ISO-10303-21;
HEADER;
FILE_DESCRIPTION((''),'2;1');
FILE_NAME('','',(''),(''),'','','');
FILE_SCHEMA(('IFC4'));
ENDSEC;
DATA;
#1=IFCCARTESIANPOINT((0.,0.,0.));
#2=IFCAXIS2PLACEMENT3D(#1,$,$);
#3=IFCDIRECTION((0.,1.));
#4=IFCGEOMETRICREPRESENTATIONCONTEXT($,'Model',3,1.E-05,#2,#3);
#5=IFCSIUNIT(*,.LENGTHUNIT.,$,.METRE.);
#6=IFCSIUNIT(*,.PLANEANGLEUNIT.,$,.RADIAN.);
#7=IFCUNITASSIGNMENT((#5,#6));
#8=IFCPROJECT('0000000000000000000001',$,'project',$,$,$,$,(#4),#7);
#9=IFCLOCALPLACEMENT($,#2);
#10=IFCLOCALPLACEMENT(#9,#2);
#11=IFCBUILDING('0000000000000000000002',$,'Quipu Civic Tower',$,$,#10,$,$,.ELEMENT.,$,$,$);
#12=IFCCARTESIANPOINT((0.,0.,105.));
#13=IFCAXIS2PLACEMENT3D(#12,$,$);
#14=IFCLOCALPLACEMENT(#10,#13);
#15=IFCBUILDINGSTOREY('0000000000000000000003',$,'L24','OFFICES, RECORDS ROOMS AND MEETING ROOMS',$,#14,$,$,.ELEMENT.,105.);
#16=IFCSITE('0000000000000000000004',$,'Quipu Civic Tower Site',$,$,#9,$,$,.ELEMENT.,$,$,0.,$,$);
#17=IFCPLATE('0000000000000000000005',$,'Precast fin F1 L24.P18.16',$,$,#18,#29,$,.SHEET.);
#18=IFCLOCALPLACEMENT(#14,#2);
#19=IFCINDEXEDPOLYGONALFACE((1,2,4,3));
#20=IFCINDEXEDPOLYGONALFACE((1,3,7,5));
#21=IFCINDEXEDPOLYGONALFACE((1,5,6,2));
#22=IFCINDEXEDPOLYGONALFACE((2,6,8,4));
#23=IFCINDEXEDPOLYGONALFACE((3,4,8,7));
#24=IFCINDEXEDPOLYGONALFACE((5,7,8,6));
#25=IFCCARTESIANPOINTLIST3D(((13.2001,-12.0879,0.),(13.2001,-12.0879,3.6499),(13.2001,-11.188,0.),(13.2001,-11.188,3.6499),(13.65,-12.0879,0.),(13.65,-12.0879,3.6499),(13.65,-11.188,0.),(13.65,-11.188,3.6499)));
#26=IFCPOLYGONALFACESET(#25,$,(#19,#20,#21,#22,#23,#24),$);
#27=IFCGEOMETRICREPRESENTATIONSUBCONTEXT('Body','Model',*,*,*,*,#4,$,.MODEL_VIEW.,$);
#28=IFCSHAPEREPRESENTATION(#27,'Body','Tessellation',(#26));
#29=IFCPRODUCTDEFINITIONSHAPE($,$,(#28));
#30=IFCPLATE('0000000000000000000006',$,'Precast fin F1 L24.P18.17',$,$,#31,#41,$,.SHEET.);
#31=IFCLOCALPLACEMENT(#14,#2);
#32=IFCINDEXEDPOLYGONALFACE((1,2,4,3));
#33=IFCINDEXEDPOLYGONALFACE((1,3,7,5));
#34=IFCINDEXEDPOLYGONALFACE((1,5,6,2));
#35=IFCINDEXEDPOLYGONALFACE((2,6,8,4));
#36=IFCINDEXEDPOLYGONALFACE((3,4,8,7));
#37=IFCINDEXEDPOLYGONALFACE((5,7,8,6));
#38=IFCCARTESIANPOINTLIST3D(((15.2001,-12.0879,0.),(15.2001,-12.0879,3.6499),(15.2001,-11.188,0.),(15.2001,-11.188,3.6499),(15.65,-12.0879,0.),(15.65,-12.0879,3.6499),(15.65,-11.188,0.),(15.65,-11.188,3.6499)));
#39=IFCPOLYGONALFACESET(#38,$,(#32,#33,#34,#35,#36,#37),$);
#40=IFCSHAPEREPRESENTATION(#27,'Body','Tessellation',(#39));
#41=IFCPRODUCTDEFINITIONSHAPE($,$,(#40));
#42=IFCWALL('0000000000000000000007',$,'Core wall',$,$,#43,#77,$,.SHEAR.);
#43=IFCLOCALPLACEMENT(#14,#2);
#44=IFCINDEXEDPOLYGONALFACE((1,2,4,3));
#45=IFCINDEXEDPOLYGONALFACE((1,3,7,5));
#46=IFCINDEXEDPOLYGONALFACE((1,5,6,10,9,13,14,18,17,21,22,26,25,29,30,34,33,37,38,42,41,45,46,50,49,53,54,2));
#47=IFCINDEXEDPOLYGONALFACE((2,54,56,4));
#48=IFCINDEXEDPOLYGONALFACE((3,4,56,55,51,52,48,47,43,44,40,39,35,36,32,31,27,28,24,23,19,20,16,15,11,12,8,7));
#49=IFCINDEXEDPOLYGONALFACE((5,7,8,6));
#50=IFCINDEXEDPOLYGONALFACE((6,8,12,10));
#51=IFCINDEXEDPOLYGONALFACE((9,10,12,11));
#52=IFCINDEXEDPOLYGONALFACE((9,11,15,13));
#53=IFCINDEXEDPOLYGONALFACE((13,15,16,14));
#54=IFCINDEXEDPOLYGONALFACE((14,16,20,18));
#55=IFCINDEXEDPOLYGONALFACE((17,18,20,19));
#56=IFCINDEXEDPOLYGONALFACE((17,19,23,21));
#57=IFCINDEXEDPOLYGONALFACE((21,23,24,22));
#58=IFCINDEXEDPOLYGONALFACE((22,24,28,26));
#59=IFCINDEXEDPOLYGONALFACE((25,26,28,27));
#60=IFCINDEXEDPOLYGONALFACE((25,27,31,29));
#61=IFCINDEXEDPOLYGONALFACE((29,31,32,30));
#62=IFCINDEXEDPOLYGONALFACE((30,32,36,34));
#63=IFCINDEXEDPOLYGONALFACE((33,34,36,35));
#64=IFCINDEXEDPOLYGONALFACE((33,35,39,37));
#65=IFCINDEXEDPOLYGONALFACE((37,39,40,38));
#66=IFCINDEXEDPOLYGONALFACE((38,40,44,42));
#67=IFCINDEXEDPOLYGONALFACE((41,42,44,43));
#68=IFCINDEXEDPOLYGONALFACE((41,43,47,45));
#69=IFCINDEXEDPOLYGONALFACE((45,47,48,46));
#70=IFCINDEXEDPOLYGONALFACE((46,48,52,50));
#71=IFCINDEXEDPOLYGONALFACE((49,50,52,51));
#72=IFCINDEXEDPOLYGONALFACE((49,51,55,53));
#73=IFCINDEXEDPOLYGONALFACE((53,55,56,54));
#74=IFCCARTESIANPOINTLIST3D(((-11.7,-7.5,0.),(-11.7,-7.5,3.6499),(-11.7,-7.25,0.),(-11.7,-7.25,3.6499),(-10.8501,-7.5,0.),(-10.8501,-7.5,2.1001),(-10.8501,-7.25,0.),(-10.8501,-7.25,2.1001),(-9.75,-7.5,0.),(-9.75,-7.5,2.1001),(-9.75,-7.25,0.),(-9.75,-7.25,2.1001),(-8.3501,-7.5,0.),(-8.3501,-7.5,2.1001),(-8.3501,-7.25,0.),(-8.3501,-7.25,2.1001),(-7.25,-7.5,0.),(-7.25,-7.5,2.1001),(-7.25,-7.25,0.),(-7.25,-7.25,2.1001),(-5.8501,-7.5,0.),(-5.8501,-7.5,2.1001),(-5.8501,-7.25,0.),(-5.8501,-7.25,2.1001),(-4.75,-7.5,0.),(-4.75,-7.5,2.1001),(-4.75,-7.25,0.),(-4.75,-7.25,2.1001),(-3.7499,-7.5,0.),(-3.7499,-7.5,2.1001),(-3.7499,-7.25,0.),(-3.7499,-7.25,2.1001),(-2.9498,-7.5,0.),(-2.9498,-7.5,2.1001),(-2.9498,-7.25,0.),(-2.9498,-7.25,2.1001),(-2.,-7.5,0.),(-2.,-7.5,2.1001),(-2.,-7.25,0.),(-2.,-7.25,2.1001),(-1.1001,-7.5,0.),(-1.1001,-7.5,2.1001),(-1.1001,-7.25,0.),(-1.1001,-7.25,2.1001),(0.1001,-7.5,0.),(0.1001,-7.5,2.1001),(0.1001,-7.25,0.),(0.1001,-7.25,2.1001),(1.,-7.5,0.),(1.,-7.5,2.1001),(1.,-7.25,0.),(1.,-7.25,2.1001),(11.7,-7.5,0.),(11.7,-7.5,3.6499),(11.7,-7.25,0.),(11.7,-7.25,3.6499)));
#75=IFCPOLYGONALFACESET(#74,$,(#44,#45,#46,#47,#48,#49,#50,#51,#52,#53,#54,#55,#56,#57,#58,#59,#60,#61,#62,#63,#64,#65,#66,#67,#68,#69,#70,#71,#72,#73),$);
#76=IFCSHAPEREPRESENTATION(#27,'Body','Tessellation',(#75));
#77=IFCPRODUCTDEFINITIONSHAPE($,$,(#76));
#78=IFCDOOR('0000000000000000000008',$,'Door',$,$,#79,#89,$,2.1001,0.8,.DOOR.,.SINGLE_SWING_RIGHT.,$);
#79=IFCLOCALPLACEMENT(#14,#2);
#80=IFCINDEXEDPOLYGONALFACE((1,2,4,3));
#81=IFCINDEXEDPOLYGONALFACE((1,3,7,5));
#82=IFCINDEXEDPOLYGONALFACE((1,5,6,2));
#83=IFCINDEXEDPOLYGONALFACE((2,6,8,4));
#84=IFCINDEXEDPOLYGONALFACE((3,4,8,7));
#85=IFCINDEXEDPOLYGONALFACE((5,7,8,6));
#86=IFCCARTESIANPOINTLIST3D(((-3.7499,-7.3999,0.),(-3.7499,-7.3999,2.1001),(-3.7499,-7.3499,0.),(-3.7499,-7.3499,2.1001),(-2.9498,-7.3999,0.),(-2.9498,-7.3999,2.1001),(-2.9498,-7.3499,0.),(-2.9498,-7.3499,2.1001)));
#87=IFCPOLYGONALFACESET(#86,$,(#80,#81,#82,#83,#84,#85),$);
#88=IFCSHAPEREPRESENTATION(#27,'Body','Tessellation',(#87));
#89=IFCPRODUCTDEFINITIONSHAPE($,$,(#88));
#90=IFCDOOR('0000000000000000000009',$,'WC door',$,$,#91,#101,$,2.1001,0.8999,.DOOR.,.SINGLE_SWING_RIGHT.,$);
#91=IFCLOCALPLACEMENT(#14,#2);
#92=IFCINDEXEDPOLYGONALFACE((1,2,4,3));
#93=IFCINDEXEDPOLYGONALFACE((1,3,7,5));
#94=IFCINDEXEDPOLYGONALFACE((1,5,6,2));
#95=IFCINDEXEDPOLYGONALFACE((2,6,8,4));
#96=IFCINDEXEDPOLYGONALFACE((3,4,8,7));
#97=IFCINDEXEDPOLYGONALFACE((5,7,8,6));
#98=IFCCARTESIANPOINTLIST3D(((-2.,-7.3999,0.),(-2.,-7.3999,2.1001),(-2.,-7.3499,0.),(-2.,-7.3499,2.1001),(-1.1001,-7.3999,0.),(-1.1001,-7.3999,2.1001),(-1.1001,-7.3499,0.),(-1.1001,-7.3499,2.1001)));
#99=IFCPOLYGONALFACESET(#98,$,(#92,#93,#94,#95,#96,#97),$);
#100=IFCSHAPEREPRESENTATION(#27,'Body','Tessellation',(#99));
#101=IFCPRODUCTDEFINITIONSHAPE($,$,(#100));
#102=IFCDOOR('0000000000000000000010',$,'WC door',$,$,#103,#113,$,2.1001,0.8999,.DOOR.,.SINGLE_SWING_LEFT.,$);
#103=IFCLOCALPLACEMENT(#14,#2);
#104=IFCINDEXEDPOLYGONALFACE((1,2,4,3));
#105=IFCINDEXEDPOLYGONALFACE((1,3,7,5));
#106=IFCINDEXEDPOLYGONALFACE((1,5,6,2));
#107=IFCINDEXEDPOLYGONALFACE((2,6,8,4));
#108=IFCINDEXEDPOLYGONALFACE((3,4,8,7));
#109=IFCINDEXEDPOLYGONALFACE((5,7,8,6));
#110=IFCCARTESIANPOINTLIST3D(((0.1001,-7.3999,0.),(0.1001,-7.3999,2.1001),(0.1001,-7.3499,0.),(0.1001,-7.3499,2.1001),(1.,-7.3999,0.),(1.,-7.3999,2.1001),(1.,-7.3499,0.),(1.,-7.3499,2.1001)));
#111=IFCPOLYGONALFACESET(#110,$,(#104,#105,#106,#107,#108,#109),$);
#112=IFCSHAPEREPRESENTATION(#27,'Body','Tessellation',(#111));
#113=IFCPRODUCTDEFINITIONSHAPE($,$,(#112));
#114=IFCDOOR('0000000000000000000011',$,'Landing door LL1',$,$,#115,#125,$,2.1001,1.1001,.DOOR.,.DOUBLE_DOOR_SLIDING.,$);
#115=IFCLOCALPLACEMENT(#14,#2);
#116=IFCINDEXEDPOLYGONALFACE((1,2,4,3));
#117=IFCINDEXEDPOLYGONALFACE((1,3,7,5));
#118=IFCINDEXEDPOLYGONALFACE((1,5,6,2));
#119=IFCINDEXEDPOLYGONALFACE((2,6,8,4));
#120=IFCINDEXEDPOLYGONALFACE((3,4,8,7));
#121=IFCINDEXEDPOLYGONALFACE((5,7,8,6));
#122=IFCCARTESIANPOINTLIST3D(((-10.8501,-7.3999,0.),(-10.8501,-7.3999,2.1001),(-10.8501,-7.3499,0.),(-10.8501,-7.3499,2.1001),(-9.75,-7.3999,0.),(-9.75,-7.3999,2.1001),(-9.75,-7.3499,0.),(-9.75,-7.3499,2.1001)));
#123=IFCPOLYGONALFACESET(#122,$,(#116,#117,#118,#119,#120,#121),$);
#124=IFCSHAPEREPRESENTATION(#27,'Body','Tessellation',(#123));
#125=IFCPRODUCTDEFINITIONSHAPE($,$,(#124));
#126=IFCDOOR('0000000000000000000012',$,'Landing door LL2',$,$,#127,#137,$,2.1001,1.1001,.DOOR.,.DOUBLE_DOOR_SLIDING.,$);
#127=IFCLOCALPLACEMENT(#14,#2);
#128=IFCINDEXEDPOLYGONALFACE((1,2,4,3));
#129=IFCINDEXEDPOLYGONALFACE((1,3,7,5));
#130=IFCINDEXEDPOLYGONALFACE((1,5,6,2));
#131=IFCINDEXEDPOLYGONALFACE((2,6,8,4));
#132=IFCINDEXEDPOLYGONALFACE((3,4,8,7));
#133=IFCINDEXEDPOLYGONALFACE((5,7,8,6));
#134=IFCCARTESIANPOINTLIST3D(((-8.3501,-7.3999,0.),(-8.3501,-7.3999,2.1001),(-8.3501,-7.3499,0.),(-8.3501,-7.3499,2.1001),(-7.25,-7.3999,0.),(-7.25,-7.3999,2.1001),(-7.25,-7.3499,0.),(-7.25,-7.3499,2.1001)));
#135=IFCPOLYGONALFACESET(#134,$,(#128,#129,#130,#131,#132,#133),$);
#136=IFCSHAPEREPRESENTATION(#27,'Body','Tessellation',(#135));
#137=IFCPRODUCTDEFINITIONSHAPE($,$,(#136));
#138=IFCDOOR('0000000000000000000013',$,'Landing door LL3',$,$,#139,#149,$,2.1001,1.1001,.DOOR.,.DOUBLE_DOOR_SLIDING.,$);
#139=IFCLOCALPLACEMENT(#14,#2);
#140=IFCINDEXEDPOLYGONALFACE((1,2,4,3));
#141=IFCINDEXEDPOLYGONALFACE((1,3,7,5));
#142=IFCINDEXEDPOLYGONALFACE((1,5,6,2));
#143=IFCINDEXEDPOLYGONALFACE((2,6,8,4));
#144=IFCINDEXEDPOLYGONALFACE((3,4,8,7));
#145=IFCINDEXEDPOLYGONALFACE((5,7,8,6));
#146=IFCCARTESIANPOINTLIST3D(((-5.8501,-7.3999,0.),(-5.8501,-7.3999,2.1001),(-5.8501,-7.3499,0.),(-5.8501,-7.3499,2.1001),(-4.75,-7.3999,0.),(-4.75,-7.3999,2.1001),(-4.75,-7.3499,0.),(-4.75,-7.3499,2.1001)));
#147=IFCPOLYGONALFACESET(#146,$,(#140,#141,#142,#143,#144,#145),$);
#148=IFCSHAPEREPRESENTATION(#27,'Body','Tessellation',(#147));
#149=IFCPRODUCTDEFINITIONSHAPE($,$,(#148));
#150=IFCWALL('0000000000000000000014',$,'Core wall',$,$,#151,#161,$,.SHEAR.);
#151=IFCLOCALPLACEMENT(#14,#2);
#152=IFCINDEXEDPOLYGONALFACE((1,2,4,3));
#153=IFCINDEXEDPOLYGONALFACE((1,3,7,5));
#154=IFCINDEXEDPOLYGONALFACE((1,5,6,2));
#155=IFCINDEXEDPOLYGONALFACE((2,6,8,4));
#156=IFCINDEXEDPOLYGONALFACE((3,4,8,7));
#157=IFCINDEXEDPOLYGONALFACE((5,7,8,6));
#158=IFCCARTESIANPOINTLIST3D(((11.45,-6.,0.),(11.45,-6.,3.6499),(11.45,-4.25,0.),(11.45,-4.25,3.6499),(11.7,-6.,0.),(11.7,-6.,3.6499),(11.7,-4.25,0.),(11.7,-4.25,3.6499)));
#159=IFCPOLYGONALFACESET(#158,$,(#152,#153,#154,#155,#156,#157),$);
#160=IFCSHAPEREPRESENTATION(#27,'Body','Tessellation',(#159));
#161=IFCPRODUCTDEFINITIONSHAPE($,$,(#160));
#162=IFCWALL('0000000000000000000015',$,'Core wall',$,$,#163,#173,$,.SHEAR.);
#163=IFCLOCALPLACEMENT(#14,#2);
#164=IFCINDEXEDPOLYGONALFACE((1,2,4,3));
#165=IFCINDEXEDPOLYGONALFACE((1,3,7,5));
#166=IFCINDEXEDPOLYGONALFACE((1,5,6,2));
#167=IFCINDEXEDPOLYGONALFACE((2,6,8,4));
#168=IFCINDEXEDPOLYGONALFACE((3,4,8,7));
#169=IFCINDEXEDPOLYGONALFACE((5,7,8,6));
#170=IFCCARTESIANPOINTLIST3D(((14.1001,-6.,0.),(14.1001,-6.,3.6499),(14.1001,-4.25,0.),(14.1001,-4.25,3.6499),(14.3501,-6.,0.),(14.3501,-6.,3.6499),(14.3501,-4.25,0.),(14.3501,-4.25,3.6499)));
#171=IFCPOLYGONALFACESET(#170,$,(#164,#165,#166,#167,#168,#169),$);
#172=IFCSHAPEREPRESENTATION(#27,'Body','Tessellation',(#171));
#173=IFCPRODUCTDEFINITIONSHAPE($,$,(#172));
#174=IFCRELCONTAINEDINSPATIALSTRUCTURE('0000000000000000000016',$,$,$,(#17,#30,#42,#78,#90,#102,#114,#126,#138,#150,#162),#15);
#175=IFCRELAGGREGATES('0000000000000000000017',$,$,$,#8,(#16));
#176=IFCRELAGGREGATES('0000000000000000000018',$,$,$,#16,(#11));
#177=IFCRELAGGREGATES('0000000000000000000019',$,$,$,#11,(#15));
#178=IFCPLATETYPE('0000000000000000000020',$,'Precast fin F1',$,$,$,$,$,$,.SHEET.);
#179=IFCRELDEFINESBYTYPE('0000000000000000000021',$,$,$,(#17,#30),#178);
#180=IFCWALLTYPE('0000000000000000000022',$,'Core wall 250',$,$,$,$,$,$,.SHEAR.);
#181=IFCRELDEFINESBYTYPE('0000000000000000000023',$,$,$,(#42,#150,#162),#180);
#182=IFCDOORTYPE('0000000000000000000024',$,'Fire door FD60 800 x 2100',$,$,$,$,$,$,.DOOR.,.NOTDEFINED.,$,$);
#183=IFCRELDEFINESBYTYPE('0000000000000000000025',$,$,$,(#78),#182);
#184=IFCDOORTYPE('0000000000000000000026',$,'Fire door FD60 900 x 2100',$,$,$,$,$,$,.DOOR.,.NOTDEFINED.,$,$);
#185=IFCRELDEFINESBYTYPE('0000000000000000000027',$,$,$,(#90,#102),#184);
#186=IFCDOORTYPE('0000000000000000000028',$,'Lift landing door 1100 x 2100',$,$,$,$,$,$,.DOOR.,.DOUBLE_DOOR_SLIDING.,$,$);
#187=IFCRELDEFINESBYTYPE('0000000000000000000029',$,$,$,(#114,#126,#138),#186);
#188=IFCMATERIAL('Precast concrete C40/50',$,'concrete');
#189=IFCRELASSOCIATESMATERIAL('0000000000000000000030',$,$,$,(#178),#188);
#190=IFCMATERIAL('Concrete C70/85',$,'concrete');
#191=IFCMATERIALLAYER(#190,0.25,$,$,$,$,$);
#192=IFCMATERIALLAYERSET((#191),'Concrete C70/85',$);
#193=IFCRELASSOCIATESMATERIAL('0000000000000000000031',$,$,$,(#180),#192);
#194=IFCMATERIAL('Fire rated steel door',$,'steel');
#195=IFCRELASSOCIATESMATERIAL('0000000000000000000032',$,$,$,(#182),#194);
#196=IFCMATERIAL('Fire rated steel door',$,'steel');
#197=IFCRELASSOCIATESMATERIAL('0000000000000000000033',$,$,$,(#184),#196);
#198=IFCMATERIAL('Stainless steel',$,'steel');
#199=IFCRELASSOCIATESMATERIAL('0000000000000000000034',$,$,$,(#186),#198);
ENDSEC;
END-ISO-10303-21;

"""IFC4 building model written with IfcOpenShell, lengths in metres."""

from ifc_helpers import new_model, si_unit, direction, frame, frame_2d, origin, origin_2d, place, context, subcontext, project, spatial, rectangle, extrude, material, layer, layer_set, type_object, element, fill, save


model = new_model("IFC4")

# Units and contexts
model_context = context("Model", 3, precision=1e-05, world=origin(), true_north=direction((0.0, 1.0)))
body_context = subcontext(model_context, "Body", "Model", "MODEL_VIEW")
ifc_project = project(units=[si_unit("LENGTHUNIT", "METRE"), si_unit("PLANEANGLEUNIT", "RADIAN")], contexts=[model_context])

# Site, building, storey
site_placement = place(None, origin())
site = spatial("IfcSite", under=ifc_project, at=site_placement, Name="Quipu Civic Tower Site", CompositionType="ELEMENT", RefElevation=0.0)
building_placement = place(site_placement, origin())
building = spatial("IfcBuilding", under=site, at=building_placement, Name="Quipu Civic Tower", CompositionType="ELEMENT")
storey_placement = place(building_placement, frame((0.0, 0.0, 105.0)))
storey = spatial("IfcBuildingStorey", under=building, at=storey_placement, Name="L24", Description="OFFICES, RECORDS ROOMS AND MEETING ROOMS", CompositionType="ELEMENT", Elevation=105.0)

# Plates
ifc_material_1 = material(Name="Precast concrete C40/50", Category="concrete")
plate_type = type_object("IfcPlateType", Name="Precast fin F1", PredefinedType="SHEET", material=ifc_material_1)
for number, where, z_axis, x_axis, name in (
    (1, (13.425, -11.6379, 0.0), (0.0, 0.0, 1.0), (1.0, 0.0, 0.0), "Precast fin F1 L24.P18.16"),
    (2, (15.425, -11.6379, 0.0), (0.0, 0.0, 1.0), (1.0, 0.0, 0.0), "Precast fin F1 L24.P18.17"),
):
    element("IfcPlate", number, at=place(storey_placement, frame(where, z_axis=z_axis, x_axis=x_axis)), inside=storey, type_object=plate_type, Name=name, PredefinedType="SHEET", context=body_context, shape_type="SweptSolid", body=[
        extrude(rectangle(XDim=0.45, YDim=0.8999, at=origin_2d()), origin(), (0.0, 0.0, 1.0), 3.6499),
    ])

# Wall, openings, doors
ifc_material_2 = material(Name="Concrete C70/85", Category="concrete")
ifc_layer = layer(ifc_material_2, 0.25)
ifc_layer_set = layer_set([ifc_layer], Name="Concrete C70/85")
wall_type = type_object("IfcWallType", Name="Core wall 250", PredefinedType="SHEAR", material=ifc_layer_set)
wall_1_placement = place(storey_placement, frame((11.7, -7.375, 0.0), z_axis=(0.0, 0.0, 1.0), x_axis=(-1.0, 0.0, 0.0)))
wall_1 = element("IfcWall", 3, at=wall_1_placement, inside=storey, type_object=wall_type, Name="Core wall", PredefinedType="SHEAR", context=body_context, shape_type="SweptSolid", body=[
    extrude(rectangle(XDim=23.3999, YDim=0.25, at=frame_2d((11.7, 0.0))), origin(), (0.0, 0.0, 1.0), 3.6499),
])
opening_1_placement = place(wall_1_placement, frame((21.45, 0.0, 0.0)))
opening_1 = element("IfcOpeningElement", 4, at=opening_1_placement, cuts=wall_1, PredefinedType="OPENING", context=body_context, shape_type="SweptSolid", body=[
    extrude(rectangle(XDim=1.1001, YDim=2.1001, at=frame_2d((0.55, 1.05))), frame((0.0, 0.135, 0.0), z_axis=(0.0, -1.0, 0.0), x_axis=(1.0, 0.0, 0.0)), (0.0, 0.0, 1.0), 0.27),
])
opening_2_placement = place(wall_1_placement, frame((18.95, 0.0, 0.0)))
opening_2 = element("IfcOpeningElement", 5, at=opening_2_placement, cuts=wall_1, PredefinedType="OPENING", context=body_context, shape_type="SweptSolid", body=[
    extrude(rectangle(XDim=1.1001, YDim=2.1001, at=frame_2d((0.55, 1.05))), frame((0.0, 0.135, 0.0), z_axis=(0.0, -1.0, 0.0), x_axis=(1.0, 0.0, 0.0)), (0.0, 0.0, 1.0), 0.27),
])
opening_3_placement = place(wall_1_placement, frame((16.45, 0.0, 0.0)))
opening_3 = element("IfcOpeningElement", 6, at=opening_3_placement, cuts=wall_1, PredefinedType="OPENING", context=body_context, shape_type="SweptSolid", body=[
    extrude(rectangle(XDim=1.1001, YDim=2.1001, at=frame_2d((0.55, 1.05))), frame((0.0, 0.135, 0.0), z_axis=(0.0, -1.0, 0.0), x_axis=(1.0, 0.0, 0.0)), (0.0, 0.0, 1.0), 0.27),
])
opening_4_placement = place(wall_1_placement, frame((14.6499, 0.0, 0.0)))
opening_4 = element("IfcOpeningElement", 7, at=opening_4_placement, cuts=wall_1, PredefinedType="OPENING", context=body_context, shape_type="SweptSolid", body=[
    extrude(rectangle(XDim=0.8, YDim=2.1001, at=frame_2d((0.3999, 1.05))), frame((0.0, 0.135, 0.0), z_axis=(0.0, -1.0, 0.0), x_axis=(1.0, 0.0, 0.0)), (0.0, 0.0, 1.0), 0.27),
])
opening_5_placement = place(wall_1_placement, frame((12.8, 0.0, 0.0)))
opening_5 = element("IfcOpeningElement", 8, at=opening_5_placement, cuts=wall_1, PredefinedType="OPENING", context=body_context, shape_type="SweptSolid", body=[
    extrude(rectangle(XDim=0.8999, YDim=2.1001, at=frame_2d((0.45, 1.05))), frame((0.0, 0.135, 0.0), z_axis=(0.0, -1.0, 0.0), x_axis=(1.0, 0.0, 0.0)), (0.0, 0.0, 1.0), 0.27),
])
opening_6_placement = place(wall_1_placement, frame((10.7, 0.0, 0.0)))
opening_6 = element("IfcOpeningElement", 9, at=opening_6_placement, cuts=wall_1, PredefinedType="OPENING", context=body_context, shape_type="SweptSolid", body=[
    extrude(rectangle(XDim=0.8999, YDim=2.1001, at=frame_2d((0.45, 1.05))), frame((0.0, 0.135, 0.0), z_axis=(0.0, -1.0, 0.0), x_axis=(1.0, 0.0, 0.0)), (0.0, 0.0, 1.0), 0.27),
])
ifc_material_3 = material(Name="Fire rated steel door", Category="steel")
door_type_1 = type_object("IfcDoorType", Name="Fire door FD60 800 x 2100", OperationType="NOTDEFINED", PredefinedType="DOOR", material=ifc_material_3)
door_1_placement = place(opening_4_placement, origin())
door_1 = element("IfcDoor", 10, at=door_1_placement, inside=storey, type_object=door_type_1, Name="Door", OperationType="SINGLE_SWING_RIGHT", OverallHeight=2.1001, OverallWidth=0.8, PredefinedType="DOOR", context=body_context, shape_type="SweptSolid", body=[
    extrude(rectangle(XDim=0.8, YDim=2.1001, at=frame_2d((0.3999, 1.05))), frame((0.0, 0.0249, 0.0), z_axis=(0.0, -1.0, 0.0), x_axis=(1.0, 0.0, 0.0)), (0.0, 0.0, 1.0), 0.05),
])
fill(opening_4, door_1)
ifc_material_4 = material(Name="Fire rated steel door", Category="steel")
door_type_2 = type_object("IfcDoorType", Name="Fire door FD60 900 x 2100", OperationType="NOTDEFINED", PredefinedType="DOOR", material=ifc_material_4)
door_2_placement = place(opening_5_placement, origin())
door_2 = element("IfcDoor", 11, at=door_2_placement, inside=storey, type_object=door_type_2, Name="WC door", OperationType="SINGLE_SWING_RIGHT", OverallHeight=2.1001, OverallWidth=0.8999, PredefinedType="DOOR", context=body_context, shape_type="SweptSolid", body=[
    extrude(rectangle(XDim=0.8999, YDim=2.1001, at=frame_2d((0.45, 1.05))), frame((0.0, 0.0249, 0.0), z_axis=(0.0, -1.0, 0.0), x_axis=(1.0, 0.0, 0.0)), (0.0, 0.0, 1.0), 0.05),
])
fill(opening_5, door_2)
door_3_placement = place(opening_6_placement, origin())
door_3 = element("IfcDoor", 12, at=door_3_placement, inside=storey, type_object=door_type_2, Name="WC door", OperationType="SINGLE_SWING_LEFT", OverallHeight=2.1001, OverallWidth=0.8999, PredefinedType="DOOR", context=body_context, shape_type="SweptSolid", body=[
    extrude(rectangle(XDim=0.8999, YDim=2.1001, at=frame_2d((0.45, 1.05))), frame((0.0, 0.0249, 0.0), z_axis=(0.0, -1.0, 0.0), x_axis=(1.0, 0.0, 0.0)), (0.0, 0.0, 1.0), 0.05),
])
fill(opening_6, door_3)
ifc_material_5 = material(Name="Stainless steel", Category="steel")
door_type_3 = type_object("IfcDoorType", Name="Lift landing door 1100 x 2100", OperationType="DOUBLE_DOOR_SLIDING", PredefinedType="DOOR", material=ifc_material_5)
door_4_placement = place(opening_1_placement, origin())
door_4 = element("IfcDoor", 13, at=door_4_placement, inside=storey, type_object=door_type_3, Name="Landing door LL1", OperationType="DOUBLE_DOOR_SLIDING", OverallHeight=2.1001, OverallWidth=1.1001, PredefinedType="DOOR", context=body_context, shape_type="SweptSolid", body=[
    extrude(rectangle(XDim=1.1001, YDim=2.1001, at=frame_2d((0.55, 1.05))), frame((0.0, 0.0249, 0.0), z_axis=(0.0, -1.0, 0.0), x_axis=(1.0, 0.0, 0.0)), (0.0, 0.0, 1.0), 0.05),
])
fill(opening_1, door_4)
door_5_placement = place(opening_2_placement, origin())
door_5 = element("IfcDoor", 14, at=door_5_placement, inside=storey, type_object=door_type_3, Name="Landing door LL2", OperationType="DOUBLE_DOOR_SLIDING", OverallHeight=2.1001, OverallWidth=1.1001, PredefinedType="DOOR", context=body_context, shape_type="SweptSolid", body=[
    extrude(rectangle(XDim=1.1001, YDim=2.1001, at=frame_2d((0.55, 1.05))), frame((0.0, 0.0249, 0.0), z_axis=(0.0, -1.0, 0.0), x_axis=(1.0, 0.0, 0.0)), (0.0, 0.0, 1.0), 0.05),
])
fill(opening_2, door_5)
door_6_placement = place(opening_3_placement, origin())
door_6 = element("IfcDoor", 15, at=door_6_placement, inside=storey, type_object=door_type_3, Name="Landing door LL3", OperationType="DOUBLE_DOOR_SLIDING", OverallHeight=2.1001, OverallWidth=1.1001, PredefinedType="DOOR", context=body_context, shape_type="SweptSolid", body=[
    extrude(rectangle(XDim=1.1001, YDim=2.1001, at=frame_2d((0.55, 1.05))), frame((0.0, 0.0249, 0.0), z_axis=(0.0, -1.0, 0.0), x_axis=(1.0, 0.0, 0.0)), (0.0, 0.0, 1.0), 0.05),
])
fill(opening_3, door_6)

# Walls
for number, where, z_axis, x_axis, name in (
    (16, (11.575, -6.0, 0.0), (0.0, 0.0, 1.0), (0.0, 1.0, 0.0), "Core wall"),
    (17, (14.2251, -6.0, 0.0), (0.0, 0.0, 1.0), (0.0, 1.0, 0.0), "Core wall"),
):
    element("IfcWall", number, at=place(storey_placement, frame(where, z_axis=z_axis, x_axis=x_axis)), inside=storey, type_object=wall_type, Name=name, PredefinedType="SHEAR", context=body_context, shape_type="SweptSolid", body=[
        extrude(rectangle(XDim=1.75, YDim=0.25, at=frame_2d((0.875, 0.0))), origin(), (0.0, 0.0, 1.0), 3.6499),
    ])

save(model, "model.ifc")
